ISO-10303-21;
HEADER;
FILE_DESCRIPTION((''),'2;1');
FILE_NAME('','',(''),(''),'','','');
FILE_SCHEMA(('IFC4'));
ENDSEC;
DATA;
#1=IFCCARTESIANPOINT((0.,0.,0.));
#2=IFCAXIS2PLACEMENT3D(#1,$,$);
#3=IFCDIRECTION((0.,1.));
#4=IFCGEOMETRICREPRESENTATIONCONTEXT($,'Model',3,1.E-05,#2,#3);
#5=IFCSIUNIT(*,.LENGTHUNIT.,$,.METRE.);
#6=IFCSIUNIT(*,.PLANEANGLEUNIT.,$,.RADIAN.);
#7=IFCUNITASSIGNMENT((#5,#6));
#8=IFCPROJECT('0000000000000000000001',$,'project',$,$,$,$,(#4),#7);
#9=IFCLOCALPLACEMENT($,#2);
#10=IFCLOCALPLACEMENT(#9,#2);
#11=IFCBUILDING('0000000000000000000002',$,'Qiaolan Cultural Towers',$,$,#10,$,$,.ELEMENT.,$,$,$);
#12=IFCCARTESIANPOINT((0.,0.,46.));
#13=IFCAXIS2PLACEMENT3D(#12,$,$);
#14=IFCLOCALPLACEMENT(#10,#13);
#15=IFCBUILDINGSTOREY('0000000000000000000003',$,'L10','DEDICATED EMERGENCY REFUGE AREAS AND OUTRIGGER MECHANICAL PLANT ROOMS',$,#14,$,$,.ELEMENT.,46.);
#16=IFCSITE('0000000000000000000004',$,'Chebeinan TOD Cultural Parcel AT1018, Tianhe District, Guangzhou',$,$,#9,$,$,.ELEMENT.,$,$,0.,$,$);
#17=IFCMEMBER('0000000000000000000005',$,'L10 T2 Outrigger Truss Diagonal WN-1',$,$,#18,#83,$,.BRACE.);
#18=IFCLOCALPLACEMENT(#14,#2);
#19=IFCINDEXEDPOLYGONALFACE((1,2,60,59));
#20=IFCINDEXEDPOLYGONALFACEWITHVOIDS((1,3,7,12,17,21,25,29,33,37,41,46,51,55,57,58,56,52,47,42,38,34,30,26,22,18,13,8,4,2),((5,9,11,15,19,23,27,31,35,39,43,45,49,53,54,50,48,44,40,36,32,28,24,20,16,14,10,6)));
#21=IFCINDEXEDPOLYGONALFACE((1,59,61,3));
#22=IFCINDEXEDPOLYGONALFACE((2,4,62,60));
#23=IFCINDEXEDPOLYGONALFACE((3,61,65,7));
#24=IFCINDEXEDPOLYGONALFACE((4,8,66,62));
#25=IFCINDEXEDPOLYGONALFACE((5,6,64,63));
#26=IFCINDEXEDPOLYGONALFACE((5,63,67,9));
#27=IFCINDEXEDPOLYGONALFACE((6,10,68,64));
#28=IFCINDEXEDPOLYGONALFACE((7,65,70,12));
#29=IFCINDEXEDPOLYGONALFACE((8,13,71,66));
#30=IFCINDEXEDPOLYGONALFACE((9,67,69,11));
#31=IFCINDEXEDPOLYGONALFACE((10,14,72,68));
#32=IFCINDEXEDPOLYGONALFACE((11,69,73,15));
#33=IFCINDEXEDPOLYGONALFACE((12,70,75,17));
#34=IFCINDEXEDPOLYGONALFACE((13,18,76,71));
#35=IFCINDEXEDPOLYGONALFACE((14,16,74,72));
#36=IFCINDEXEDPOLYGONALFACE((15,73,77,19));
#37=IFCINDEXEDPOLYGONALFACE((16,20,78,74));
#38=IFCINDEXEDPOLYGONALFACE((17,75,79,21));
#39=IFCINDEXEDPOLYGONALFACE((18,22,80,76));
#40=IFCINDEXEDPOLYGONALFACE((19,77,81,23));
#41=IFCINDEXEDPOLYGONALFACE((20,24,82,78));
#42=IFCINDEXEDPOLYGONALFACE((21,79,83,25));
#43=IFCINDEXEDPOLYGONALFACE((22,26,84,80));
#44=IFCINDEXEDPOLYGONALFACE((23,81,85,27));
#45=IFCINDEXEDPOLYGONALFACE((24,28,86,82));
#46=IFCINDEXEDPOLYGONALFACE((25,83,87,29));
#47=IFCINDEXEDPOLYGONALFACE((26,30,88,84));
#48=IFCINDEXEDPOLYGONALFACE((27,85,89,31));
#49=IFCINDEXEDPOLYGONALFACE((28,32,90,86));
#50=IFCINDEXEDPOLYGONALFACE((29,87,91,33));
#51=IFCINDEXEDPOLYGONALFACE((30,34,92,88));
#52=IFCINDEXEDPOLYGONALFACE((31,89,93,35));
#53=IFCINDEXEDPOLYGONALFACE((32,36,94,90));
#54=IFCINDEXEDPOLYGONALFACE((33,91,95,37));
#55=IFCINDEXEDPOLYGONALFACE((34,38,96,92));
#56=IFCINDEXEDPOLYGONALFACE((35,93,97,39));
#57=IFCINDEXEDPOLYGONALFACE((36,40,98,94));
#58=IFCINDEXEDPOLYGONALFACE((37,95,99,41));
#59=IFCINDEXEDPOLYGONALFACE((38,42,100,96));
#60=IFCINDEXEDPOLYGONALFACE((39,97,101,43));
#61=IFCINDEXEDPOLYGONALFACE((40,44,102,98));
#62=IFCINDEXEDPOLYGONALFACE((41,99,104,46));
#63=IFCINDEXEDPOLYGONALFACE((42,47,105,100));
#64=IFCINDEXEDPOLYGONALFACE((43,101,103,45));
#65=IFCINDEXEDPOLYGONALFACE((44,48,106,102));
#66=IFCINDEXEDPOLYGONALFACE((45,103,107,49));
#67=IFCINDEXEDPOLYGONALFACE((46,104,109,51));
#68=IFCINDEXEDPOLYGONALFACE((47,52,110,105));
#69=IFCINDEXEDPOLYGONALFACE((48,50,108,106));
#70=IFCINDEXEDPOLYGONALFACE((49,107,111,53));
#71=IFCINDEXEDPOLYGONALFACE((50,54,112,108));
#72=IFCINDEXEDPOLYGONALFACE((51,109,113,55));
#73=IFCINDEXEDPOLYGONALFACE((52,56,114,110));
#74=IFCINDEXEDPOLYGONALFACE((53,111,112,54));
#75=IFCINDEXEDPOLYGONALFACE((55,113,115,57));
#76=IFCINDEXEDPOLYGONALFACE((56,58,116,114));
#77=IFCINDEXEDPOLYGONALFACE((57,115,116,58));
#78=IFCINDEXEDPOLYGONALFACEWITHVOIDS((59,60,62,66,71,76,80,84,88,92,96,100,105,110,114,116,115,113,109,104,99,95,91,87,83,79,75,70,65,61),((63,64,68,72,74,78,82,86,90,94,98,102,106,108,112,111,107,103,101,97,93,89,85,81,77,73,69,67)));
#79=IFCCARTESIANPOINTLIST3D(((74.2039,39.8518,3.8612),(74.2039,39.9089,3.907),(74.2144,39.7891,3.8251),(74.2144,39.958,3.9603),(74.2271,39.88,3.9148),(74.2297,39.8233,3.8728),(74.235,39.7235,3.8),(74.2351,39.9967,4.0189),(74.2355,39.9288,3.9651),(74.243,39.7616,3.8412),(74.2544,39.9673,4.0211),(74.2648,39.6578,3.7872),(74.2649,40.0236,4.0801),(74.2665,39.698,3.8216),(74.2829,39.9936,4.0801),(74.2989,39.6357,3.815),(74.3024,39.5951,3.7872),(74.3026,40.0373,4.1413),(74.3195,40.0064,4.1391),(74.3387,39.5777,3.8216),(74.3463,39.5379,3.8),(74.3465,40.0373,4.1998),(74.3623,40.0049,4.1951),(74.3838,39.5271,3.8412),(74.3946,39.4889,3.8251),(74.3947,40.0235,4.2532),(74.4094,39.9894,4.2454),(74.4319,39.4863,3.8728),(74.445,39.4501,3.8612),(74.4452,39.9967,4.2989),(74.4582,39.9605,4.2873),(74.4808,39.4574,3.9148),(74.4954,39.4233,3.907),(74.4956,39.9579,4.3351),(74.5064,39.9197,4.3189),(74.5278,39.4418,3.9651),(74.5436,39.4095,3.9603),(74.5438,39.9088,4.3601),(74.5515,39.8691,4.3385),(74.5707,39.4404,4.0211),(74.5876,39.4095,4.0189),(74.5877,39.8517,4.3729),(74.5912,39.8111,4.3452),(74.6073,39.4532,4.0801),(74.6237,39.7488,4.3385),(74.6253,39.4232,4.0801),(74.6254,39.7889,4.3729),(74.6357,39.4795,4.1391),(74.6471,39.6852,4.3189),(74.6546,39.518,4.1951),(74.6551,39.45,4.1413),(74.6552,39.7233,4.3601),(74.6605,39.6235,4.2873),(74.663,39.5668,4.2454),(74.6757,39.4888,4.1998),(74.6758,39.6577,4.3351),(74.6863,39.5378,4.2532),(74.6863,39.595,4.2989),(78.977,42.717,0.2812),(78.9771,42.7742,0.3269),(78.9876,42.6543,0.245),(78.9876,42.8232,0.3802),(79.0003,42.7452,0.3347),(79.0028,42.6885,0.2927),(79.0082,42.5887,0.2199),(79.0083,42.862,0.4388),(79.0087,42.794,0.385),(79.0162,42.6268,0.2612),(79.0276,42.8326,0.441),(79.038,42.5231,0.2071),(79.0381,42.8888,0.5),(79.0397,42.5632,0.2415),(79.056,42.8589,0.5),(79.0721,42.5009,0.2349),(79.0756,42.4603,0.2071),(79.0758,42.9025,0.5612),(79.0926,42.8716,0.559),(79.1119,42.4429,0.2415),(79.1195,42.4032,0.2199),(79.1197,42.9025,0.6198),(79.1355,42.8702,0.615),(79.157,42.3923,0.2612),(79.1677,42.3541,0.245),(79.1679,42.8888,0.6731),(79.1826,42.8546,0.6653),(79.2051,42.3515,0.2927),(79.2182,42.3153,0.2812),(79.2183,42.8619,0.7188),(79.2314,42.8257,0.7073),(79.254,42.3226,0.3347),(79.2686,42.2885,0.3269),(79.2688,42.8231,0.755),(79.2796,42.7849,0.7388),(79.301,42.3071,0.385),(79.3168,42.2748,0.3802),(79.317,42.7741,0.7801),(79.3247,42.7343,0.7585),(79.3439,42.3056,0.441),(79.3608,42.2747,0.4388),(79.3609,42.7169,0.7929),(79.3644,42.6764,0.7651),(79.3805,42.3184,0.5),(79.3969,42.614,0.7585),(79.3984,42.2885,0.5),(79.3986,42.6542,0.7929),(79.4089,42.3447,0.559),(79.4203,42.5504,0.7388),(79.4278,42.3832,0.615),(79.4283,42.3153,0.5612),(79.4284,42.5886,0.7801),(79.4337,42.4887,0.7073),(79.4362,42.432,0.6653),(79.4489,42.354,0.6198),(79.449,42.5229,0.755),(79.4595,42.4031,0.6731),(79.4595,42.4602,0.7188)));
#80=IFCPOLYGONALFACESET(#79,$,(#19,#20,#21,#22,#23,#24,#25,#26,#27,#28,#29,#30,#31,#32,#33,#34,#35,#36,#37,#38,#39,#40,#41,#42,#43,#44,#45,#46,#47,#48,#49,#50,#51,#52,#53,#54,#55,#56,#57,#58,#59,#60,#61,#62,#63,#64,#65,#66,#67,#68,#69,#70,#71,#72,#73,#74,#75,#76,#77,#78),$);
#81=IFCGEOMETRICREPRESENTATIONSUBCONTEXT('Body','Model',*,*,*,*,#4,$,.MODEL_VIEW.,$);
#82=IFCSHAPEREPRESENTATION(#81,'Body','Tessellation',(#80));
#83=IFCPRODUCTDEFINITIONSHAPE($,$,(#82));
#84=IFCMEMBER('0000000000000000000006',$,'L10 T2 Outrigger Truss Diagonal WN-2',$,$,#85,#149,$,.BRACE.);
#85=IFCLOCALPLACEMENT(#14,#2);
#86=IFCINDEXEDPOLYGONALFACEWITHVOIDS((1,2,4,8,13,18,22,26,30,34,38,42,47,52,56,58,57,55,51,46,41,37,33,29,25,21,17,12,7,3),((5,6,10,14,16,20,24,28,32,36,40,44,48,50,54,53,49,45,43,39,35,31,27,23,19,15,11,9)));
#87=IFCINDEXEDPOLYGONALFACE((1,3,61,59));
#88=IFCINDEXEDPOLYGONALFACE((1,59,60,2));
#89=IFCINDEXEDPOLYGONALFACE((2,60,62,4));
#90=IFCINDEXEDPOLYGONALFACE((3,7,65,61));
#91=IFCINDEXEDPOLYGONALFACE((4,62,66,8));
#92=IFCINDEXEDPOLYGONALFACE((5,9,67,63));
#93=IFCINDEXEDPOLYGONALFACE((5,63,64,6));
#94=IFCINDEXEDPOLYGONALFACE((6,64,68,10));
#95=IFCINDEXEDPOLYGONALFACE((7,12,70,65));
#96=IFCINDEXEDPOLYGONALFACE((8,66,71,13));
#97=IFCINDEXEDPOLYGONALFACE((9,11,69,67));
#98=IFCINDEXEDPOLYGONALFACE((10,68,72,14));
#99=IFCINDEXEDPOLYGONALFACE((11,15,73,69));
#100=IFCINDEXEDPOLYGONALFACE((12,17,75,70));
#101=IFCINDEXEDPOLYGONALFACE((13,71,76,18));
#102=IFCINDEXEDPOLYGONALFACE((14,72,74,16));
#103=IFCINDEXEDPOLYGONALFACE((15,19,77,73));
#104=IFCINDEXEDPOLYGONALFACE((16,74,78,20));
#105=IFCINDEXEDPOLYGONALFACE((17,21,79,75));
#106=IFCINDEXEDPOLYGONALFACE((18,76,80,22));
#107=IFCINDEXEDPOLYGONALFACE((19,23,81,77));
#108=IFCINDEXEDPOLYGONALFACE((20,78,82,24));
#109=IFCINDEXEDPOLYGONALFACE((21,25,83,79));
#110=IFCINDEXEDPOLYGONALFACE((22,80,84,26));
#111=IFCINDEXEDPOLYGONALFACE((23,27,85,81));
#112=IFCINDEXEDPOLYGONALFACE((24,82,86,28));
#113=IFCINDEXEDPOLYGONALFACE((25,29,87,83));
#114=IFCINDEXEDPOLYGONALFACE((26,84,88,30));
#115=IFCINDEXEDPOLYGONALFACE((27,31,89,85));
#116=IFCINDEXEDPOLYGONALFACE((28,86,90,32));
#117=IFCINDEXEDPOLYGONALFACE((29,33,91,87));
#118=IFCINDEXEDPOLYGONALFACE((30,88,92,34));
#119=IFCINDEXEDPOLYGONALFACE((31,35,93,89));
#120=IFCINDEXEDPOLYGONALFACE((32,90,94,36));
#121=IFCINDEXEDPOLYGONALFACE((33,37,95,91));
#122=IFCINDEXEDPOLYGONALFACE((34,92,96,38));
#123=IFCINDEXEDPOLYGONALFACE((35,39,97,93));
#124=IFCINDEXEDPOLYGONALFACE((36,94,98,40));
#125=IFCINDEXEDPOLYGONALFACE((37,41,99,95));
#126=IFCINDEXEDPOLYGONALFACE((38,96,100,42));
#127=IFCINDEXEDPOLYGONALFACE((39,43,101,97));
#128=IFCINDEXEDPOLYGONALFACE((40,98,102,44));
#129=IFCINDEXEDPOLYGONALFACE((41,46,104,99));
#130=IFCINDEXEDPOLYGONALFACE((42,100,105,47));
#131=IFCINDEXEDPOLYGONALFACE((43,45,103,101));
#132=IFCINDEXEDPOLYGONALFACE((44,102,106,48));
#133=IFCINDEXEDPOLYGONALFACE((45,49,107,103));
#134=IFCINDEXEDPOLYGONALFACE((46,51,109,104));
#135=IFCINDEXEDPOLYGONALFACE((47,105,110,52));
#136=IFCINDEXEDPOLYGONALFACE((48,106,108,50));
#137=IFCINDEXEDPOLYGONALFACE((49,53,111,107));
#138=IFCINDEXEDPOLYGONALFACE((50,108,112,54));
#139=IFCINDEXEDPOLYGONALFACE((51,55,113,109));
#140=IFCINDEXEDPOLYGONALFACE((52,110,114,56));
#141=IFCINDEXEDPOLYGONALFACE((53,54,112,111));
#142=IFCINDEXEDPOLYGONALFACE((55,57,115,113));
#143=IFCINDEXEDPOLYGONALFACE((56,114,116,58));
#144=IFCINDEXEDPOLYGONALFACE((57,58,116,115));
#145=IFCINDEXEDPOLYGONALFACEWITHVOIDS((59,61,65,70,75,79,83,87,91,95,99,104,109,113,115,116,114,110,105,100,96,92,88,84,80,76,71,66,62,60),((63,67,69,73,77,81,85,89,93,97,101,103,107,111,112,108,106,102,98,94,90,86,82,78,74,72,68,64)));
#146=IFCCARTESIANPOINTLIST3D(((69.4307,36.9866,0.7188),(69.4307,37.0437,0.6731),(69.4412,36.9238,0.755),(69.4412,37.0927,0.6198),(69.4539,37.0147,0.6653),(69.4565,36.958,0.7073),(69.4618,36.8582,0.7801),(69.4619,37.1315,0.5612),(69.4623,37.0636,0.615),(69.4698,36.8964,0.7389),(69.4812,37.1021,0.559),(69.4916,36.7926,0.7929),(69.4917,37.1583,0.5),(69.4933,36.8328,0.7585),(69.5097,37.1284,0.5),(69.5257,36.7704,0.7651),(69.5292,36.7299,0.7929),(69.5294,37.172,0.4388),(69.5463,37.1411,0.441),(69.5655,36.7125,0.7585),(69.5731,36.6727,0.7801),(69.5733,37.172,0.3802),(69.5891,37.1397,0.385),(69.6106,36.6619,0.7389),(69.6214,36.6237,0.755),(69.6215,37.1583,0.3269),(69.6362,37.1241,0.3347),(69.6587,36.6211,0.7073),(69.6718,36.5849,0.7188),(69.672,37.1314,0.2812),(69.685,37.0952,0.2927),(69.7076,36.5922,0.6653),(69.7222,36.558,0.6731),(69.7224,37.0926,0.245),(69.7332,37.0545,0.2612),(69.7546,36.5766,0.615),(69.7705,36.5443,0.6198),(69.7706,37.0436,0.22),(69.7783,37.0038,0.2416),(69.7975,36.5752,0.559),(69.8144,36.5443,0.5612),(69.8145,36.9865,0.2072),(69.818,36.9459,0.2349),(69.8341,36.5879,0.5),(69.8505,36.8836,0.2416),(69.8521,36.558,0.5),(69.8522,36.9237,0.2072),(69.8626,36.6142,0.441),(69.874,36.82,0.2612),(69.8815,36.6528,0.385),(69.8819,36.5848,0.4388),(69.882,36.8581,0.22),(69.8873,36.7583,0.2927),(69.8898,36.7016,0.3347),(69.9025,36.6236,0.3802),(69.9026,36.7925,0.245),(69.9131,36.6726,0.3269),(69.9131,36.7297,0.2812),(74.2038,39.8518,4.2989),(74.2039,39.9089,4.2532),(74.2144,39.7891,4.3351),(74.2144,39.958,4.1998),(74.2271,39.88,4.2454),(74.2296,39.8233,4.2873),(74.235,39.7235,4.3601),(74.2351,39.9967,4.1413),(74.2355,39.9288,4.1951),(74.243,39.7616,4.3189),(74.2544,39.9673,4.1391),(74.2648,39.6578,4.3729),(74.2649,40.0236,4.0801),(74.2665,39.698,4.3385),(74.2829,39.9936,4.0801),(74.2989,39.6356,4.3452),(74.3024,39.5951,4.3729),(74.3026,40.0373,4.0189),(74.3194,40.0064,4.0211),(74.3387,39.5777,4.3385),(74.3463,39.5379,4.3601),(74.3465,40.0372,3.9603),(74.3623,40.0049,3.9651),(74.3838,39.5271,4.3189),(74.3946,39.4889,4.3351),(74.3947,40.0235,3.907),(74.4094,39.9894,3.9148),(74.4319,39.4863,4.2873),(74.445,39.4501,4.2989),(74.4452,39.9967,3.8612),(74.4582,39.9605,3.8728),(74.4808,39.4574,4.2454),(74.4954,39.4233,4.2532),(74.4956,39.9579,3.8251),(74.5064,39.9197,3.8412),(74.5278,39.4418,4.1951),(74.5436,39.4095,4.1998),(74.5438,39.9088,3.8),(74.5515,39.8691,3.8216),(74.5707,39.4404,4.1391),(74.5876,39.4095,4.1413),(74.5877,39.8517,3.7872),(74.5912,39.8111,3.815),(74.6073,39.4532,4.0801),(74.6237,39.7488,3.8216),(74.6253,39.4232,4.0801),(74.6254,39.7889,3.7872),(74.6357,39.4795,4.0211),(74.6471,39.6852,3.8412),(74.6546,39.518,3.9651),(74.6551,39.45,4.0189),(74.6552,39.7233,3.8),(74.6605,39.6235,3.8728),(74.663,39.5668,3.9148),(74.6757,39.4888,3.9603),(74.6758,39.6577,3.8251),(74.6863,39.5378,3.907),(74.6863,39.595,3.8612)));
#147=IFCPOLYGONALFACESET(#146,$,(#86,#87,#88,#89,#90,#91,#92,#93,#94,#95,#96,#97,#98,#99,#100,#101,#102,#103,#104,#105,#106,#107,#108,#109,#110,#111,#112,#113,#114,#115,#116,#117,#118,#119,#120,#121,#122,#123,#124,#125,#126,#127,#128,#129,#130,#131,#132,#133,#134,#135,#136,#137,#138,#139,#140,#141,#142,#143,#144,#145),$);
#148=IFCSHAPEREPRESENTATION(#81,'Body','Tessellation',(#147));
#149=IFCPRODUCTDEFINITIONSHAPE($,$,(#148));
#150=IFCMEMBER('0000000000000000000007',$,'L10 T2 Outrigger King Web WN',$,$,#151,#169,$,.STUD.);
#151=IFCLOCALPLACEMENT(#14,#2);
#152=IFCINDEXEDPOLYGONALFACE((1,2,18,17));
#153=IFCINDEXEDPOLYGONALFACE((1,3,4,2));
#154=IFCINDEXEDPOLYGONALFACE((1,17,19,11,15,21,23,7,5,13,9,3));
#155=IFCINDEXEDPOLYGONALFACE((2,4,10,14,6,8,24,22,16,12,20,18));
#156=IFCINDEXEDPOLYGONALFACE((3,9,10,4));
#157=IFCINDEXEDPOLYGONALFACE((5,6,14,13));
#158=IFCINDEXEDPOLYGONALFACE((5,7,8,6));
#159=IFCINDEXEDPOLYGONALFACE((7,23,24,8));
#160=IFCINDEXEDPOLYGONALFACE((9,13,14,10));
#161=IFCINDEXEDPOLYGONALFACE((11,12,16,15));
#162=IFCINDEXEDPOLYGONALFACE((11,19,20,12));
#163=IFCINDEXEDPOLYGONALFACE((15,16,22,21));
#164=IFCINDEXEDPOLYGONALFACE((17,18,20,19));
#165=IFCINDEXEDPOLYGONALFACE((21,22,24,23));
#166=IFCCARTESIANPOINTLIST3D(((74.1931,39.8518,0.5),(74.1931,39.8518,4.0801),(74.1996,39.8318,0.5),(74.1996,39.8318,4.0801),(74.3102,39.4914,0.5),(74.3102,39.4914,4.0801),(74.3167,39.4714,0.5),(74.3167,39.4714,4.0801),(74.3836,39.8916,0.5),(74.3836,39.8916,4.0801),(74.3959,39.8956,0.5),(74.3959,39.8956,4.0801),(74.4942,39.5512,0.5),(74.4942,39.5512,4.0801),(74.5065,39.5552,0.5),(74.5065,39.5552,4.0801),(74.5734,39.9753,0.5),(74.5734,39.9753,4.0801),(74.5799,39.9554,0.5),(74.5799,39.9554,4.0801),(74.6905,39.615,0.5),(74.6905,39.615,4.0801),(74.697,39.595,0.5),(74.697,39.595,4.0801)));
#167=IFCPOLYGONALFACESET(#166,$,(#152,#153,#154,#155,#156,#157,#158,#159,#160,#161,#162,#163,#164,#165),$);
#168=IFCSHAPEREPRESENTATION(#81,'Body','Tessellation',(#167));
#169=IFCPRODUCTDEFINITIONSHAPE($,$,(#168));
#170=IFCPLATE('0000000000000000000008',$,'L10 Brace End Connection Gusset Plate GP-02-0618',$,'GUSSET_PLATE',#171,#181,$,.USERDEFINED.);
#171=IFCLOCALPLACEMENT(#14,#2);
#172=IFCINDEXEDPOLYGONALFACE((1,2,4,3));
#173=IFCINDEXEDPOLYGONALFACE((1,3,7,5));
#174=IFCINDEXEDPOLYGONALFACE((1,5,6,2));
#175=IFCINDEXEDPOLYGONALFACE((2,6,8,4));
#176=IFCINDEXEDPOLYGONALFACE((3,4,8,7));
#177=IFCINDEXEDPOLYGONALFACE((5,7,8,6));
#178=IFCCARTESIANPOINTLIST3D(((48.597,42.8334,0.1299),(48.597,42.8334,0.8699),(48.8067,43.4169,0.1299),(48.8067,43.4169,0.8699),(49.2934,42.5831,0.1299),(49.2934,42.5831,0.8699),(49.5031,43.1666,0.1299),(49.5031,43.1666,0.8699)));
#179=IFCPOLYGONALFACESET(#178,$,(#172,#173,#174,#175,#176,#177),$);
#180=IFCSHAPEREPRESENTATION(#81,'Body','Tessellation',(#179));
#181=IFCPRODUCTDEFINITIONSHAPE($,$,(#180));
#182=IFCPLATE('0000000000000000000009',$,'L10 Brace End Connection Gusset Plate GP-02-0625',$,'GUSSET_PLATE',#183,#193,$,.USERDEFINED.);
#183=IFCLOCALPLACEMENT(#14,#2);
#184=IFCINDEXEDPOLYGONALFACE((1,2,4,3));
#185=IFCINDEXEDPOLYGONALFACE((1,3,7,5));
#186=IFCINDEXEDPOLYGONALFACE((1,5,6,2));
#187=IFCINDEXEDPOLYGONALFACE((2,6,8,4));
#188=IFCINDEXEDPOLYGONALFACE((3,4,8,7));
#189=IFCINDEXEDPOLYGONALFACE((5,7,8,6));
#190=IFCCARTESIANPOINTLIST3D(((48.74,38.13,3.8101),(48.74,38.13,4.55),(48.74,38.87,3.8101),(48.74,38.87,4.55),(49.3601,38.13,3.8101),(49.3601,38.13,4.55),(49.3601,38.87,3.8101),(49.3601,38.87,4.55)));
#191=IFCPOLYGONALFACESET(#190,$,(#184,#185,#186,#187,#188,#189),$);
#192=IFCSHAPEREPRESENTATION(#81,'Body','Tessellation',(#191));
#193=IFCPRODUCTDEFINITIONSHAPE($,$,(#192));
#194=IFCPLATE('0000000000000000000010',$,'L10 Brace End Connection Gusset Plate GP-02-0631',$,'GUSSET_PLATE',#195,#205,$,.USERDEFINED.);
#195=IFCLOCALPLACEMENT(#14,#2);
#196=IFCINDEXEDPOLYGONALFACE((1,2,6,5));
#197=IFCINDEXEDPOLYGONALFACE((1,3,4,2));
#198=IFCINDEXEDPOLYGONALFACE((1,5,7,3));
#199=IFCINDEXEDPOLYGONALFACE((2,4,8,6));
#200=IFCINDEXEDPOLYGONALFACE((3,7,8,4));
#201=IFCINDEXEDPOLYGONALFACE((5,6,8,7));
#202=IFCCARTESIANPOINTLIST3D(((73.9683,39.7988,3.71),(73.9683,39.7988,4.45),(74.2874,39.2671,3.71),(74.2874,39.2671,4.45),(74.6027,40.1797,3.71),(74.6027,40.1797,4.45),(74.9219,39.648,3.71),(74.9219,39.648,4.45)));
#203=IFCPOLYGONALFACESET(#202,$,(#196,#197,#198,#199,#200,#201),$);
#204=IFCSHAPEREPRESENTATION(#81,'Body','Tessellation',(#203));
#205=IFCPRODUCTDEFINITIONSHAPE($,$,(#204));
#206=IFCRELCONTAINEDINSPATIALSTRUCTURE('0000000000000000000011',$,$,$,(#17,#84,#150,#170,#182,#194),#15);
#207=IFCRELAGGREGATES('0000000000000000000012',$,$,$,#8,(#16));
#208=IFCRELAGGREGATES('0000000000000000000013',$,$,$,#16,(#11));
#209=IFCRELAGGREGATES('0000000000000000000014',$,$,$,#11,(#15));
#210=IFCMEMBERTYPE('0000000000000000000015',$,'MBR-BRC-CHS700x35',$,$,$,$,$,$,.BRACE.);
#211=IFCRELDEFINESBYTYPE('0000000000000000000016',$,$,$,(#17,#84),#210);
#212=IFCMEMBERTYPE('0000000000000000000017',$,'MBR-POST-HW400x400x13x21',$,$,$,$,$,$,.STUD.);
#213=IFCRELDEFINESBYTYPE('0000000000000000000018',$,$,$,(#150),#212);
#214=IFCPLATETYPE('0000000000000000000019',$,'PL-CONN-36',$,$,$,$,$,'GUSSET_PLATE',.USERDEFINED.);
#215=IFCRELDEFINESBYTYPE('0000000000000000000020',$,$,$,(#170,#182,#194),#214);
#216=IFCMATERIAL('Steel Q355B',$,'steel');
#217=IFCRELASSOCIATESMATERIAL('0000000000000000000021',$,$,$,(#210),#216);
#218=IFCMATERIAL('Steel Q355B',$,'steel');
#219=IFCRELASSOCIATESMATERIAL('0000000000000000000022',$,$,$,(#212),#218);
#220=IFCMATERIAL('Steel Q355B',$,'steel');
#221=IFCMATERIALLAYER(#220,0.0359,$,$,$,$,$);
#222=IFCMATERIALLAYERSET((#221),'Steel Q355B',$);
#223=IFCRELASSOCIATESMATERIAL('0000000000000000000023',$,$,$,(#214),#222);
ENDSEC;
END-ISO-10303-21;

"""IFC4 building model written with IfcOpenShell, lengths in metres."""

from ifc_helpers import new_model, si_unit, direction, frame, origin, origin_2d, place, context, subcontext, project, spatial, rectangle, hollow_circle, i_section, extrude, material, layer, layer_set, material_profile, profile_set, type_object, element, save


model = new_model("IFC4")

# Units and contexts
model_context = context("Model", 3, precision=1e-05, world=origin(), true_north=direction((0.0, 1.0)))
body_context = subcontext(model_context, "Body", "Model", "MODEL_VIEW")
ifc_project = project(units=[si_unit("LENGTHUNIT", "METRE"), si_unit("PLANEANGLEUNIT", "RADIAN")], contexts=[model_context])

# Site, building, storey
site_placement = place(None, origin())
site = spatial("IfcSite", under=ifc_project, at=site_placement, Name="Chebeinan TOD Cultural Parcel AT1018, Tianhe District, Guangzhou", CompositionType="ELEMENT", RefElevation=0.0)
building_placement = place(site_placement, origin())
building = spatial("IfcBuilding", under=site, at=building_placement, Name="Qiaolan Cultural Towers", CompositionType="ELEMENT")
storey_placement = place(building_placement, frame((0.0, 0.0, 46.0)))
storey = spatial("IfcBuildingStorey", under=building, at=storey_placement, Name="L10", Description="DEDICATED EMERGENCY REFUGE AREAS AND OUTRIGGER MECHANICAL PLANT ROOMS", CompositionType="ELEMENT", Elevation=46.0)

# Members
ifc_material_1 = material(Name="Steel Q355B", Category="steel")
ifc_material_profile_1 = material_profile(ifc_material_1, hollow_circle(Radius=0.3501, WallThickness=0.0349, at=origin_2d()), Name="CHS700x35")
ifc_profile_set_1 = profile_set([ifc_material_profile_1], Name="Steel Q355B")
member_type_1 = type_object("IfcMemberType", Name="MBR-BRC-CHS700x35", PredefinedType="BRACE", material=ifc_profile_set_1)
for number, where, z_axis, x_axis, name in (
    (1, (79.2183, 42.5886, 0.5), (-0.721145, -0.432886, 0.540887), (0.51467, -0.857388, 0.0), "L10 T2 Outrigger Truss Diagonal WN-1"),
    (2, (74.4451, 39.7234, 4.0801), (-0.721145, -0.432886, -0.540887), (0.51467, -0.857388, 0.0), "L10 T2 Outrigger Truss Diagonal WN-2"),
):
    element("IfcMember", number, at=place(storey_placement, frame(where, z_axis=z_axis, x_axis=x_axis)), inside=storey, type_object=member_type_1, Name=name, PredefinedType="BRACE", context=body_context, shape_type="SweptSolid", body=[
        extrude(hollow_circle(Radius=0.3501, WallThickness=0.0349, at=origin_2d()), origin(), (0.0, 0.0, 1.0), 6.6189),
    ])
ifc_material_2 = material(Name="Steel Q355B", Category="steel")
ifc_material_profile_2 = material_profile(ifc_material_2, i_section(OverallWidth=0.3999, OverallDepth=0.3999, WebThickness=0.0129, FlangeThickness=0.021, at=origin_2d()), Name="HW400x400x13x21")
ifc_profile_set_2 = profile_set([ifc_material_profile_2], Name="Steel Q355B")
member_type_2 = type_object("IfcMemberType", Name="MBR-POST-HW400x400x13x21", PredefinedType="STUD", material=ifc_profile_set_2)
member_placement = place(storey_placement, frame((74.4451, 39.7234, 0.5), z_axis=(0.0, 0.0, 1.0), x_axis=(0.951057, 0.309017, 0.0)))
element("IfcMember", 3, at=member_placement, inside=storey, type_object=member_type_2, Name="L10 T2 Outrigger King Web WN", PredefinedType="STUD", context=body_context, shape_type="SweptSolid", body=[
    extrude(i_section(OverallWidth=0.3999, OverallDepth=0.3999, WebThickness=0.0129, FlangeThickness=0.021, at=origin_2d()), origin(), (0.0, 0.0, 1.0), 3.5801),
])

# Plates
ifc_material_3 = material(Name="Steel Q355B", Category="steel")
ifc_layer_1 = layer(ifc_material_3, 0.0359)
ifc_layer_set_1 = layer_set([ifc_layer_1], Name="Steel Q355B")
plate_type = type_object("IfcPlateType", Name="PL-CONN-36", ElementType="GUSSET_PLATE", PredefinedType="USERDEFINED", material=ifc_layer_set_1)
for number, where, z_axis, x_axis, name in (
    (4, (49.05, 43.0, 0.1299), (0.0, 0.0, 1.0), (-0.941053, 0.338259, 0.0), "L10 Brace End Connection Gusset Plate GP-02-0618"),
    (5, (49.05, 38.5, 3.8101), (0.0, 0.0, 1.0), (0.0, 1.0, 0.0), "L10 Brace End Connection Gusset Plate GP-02-0625"),
    (6, (74.4451, 39.7234, 3.71), (0.0, 0.0, 1.0), (0.857389, 0.514669, 0.0), "L10 Brace End Connection Gusset Plate GP-02-0631"),
):
    element("IfcPlate", number, at=place(storey_placement, frame(where, z_axis=z_axis, x_axis=x_axis)), inside=storey, type_object=plate_type, Name=name, ObjectType="GUSSET_PLATE", PredefinedType="USERDEFINED", context=body_context, shape_type="SweptSolid", body=[
        extrude(rectangle(XDim=0.74, YDim=0.6201, at=origin_2d()), origin(), (0.0, 0.0, 1.0), 0.74),
    ])

save(model, "model.ifc")
